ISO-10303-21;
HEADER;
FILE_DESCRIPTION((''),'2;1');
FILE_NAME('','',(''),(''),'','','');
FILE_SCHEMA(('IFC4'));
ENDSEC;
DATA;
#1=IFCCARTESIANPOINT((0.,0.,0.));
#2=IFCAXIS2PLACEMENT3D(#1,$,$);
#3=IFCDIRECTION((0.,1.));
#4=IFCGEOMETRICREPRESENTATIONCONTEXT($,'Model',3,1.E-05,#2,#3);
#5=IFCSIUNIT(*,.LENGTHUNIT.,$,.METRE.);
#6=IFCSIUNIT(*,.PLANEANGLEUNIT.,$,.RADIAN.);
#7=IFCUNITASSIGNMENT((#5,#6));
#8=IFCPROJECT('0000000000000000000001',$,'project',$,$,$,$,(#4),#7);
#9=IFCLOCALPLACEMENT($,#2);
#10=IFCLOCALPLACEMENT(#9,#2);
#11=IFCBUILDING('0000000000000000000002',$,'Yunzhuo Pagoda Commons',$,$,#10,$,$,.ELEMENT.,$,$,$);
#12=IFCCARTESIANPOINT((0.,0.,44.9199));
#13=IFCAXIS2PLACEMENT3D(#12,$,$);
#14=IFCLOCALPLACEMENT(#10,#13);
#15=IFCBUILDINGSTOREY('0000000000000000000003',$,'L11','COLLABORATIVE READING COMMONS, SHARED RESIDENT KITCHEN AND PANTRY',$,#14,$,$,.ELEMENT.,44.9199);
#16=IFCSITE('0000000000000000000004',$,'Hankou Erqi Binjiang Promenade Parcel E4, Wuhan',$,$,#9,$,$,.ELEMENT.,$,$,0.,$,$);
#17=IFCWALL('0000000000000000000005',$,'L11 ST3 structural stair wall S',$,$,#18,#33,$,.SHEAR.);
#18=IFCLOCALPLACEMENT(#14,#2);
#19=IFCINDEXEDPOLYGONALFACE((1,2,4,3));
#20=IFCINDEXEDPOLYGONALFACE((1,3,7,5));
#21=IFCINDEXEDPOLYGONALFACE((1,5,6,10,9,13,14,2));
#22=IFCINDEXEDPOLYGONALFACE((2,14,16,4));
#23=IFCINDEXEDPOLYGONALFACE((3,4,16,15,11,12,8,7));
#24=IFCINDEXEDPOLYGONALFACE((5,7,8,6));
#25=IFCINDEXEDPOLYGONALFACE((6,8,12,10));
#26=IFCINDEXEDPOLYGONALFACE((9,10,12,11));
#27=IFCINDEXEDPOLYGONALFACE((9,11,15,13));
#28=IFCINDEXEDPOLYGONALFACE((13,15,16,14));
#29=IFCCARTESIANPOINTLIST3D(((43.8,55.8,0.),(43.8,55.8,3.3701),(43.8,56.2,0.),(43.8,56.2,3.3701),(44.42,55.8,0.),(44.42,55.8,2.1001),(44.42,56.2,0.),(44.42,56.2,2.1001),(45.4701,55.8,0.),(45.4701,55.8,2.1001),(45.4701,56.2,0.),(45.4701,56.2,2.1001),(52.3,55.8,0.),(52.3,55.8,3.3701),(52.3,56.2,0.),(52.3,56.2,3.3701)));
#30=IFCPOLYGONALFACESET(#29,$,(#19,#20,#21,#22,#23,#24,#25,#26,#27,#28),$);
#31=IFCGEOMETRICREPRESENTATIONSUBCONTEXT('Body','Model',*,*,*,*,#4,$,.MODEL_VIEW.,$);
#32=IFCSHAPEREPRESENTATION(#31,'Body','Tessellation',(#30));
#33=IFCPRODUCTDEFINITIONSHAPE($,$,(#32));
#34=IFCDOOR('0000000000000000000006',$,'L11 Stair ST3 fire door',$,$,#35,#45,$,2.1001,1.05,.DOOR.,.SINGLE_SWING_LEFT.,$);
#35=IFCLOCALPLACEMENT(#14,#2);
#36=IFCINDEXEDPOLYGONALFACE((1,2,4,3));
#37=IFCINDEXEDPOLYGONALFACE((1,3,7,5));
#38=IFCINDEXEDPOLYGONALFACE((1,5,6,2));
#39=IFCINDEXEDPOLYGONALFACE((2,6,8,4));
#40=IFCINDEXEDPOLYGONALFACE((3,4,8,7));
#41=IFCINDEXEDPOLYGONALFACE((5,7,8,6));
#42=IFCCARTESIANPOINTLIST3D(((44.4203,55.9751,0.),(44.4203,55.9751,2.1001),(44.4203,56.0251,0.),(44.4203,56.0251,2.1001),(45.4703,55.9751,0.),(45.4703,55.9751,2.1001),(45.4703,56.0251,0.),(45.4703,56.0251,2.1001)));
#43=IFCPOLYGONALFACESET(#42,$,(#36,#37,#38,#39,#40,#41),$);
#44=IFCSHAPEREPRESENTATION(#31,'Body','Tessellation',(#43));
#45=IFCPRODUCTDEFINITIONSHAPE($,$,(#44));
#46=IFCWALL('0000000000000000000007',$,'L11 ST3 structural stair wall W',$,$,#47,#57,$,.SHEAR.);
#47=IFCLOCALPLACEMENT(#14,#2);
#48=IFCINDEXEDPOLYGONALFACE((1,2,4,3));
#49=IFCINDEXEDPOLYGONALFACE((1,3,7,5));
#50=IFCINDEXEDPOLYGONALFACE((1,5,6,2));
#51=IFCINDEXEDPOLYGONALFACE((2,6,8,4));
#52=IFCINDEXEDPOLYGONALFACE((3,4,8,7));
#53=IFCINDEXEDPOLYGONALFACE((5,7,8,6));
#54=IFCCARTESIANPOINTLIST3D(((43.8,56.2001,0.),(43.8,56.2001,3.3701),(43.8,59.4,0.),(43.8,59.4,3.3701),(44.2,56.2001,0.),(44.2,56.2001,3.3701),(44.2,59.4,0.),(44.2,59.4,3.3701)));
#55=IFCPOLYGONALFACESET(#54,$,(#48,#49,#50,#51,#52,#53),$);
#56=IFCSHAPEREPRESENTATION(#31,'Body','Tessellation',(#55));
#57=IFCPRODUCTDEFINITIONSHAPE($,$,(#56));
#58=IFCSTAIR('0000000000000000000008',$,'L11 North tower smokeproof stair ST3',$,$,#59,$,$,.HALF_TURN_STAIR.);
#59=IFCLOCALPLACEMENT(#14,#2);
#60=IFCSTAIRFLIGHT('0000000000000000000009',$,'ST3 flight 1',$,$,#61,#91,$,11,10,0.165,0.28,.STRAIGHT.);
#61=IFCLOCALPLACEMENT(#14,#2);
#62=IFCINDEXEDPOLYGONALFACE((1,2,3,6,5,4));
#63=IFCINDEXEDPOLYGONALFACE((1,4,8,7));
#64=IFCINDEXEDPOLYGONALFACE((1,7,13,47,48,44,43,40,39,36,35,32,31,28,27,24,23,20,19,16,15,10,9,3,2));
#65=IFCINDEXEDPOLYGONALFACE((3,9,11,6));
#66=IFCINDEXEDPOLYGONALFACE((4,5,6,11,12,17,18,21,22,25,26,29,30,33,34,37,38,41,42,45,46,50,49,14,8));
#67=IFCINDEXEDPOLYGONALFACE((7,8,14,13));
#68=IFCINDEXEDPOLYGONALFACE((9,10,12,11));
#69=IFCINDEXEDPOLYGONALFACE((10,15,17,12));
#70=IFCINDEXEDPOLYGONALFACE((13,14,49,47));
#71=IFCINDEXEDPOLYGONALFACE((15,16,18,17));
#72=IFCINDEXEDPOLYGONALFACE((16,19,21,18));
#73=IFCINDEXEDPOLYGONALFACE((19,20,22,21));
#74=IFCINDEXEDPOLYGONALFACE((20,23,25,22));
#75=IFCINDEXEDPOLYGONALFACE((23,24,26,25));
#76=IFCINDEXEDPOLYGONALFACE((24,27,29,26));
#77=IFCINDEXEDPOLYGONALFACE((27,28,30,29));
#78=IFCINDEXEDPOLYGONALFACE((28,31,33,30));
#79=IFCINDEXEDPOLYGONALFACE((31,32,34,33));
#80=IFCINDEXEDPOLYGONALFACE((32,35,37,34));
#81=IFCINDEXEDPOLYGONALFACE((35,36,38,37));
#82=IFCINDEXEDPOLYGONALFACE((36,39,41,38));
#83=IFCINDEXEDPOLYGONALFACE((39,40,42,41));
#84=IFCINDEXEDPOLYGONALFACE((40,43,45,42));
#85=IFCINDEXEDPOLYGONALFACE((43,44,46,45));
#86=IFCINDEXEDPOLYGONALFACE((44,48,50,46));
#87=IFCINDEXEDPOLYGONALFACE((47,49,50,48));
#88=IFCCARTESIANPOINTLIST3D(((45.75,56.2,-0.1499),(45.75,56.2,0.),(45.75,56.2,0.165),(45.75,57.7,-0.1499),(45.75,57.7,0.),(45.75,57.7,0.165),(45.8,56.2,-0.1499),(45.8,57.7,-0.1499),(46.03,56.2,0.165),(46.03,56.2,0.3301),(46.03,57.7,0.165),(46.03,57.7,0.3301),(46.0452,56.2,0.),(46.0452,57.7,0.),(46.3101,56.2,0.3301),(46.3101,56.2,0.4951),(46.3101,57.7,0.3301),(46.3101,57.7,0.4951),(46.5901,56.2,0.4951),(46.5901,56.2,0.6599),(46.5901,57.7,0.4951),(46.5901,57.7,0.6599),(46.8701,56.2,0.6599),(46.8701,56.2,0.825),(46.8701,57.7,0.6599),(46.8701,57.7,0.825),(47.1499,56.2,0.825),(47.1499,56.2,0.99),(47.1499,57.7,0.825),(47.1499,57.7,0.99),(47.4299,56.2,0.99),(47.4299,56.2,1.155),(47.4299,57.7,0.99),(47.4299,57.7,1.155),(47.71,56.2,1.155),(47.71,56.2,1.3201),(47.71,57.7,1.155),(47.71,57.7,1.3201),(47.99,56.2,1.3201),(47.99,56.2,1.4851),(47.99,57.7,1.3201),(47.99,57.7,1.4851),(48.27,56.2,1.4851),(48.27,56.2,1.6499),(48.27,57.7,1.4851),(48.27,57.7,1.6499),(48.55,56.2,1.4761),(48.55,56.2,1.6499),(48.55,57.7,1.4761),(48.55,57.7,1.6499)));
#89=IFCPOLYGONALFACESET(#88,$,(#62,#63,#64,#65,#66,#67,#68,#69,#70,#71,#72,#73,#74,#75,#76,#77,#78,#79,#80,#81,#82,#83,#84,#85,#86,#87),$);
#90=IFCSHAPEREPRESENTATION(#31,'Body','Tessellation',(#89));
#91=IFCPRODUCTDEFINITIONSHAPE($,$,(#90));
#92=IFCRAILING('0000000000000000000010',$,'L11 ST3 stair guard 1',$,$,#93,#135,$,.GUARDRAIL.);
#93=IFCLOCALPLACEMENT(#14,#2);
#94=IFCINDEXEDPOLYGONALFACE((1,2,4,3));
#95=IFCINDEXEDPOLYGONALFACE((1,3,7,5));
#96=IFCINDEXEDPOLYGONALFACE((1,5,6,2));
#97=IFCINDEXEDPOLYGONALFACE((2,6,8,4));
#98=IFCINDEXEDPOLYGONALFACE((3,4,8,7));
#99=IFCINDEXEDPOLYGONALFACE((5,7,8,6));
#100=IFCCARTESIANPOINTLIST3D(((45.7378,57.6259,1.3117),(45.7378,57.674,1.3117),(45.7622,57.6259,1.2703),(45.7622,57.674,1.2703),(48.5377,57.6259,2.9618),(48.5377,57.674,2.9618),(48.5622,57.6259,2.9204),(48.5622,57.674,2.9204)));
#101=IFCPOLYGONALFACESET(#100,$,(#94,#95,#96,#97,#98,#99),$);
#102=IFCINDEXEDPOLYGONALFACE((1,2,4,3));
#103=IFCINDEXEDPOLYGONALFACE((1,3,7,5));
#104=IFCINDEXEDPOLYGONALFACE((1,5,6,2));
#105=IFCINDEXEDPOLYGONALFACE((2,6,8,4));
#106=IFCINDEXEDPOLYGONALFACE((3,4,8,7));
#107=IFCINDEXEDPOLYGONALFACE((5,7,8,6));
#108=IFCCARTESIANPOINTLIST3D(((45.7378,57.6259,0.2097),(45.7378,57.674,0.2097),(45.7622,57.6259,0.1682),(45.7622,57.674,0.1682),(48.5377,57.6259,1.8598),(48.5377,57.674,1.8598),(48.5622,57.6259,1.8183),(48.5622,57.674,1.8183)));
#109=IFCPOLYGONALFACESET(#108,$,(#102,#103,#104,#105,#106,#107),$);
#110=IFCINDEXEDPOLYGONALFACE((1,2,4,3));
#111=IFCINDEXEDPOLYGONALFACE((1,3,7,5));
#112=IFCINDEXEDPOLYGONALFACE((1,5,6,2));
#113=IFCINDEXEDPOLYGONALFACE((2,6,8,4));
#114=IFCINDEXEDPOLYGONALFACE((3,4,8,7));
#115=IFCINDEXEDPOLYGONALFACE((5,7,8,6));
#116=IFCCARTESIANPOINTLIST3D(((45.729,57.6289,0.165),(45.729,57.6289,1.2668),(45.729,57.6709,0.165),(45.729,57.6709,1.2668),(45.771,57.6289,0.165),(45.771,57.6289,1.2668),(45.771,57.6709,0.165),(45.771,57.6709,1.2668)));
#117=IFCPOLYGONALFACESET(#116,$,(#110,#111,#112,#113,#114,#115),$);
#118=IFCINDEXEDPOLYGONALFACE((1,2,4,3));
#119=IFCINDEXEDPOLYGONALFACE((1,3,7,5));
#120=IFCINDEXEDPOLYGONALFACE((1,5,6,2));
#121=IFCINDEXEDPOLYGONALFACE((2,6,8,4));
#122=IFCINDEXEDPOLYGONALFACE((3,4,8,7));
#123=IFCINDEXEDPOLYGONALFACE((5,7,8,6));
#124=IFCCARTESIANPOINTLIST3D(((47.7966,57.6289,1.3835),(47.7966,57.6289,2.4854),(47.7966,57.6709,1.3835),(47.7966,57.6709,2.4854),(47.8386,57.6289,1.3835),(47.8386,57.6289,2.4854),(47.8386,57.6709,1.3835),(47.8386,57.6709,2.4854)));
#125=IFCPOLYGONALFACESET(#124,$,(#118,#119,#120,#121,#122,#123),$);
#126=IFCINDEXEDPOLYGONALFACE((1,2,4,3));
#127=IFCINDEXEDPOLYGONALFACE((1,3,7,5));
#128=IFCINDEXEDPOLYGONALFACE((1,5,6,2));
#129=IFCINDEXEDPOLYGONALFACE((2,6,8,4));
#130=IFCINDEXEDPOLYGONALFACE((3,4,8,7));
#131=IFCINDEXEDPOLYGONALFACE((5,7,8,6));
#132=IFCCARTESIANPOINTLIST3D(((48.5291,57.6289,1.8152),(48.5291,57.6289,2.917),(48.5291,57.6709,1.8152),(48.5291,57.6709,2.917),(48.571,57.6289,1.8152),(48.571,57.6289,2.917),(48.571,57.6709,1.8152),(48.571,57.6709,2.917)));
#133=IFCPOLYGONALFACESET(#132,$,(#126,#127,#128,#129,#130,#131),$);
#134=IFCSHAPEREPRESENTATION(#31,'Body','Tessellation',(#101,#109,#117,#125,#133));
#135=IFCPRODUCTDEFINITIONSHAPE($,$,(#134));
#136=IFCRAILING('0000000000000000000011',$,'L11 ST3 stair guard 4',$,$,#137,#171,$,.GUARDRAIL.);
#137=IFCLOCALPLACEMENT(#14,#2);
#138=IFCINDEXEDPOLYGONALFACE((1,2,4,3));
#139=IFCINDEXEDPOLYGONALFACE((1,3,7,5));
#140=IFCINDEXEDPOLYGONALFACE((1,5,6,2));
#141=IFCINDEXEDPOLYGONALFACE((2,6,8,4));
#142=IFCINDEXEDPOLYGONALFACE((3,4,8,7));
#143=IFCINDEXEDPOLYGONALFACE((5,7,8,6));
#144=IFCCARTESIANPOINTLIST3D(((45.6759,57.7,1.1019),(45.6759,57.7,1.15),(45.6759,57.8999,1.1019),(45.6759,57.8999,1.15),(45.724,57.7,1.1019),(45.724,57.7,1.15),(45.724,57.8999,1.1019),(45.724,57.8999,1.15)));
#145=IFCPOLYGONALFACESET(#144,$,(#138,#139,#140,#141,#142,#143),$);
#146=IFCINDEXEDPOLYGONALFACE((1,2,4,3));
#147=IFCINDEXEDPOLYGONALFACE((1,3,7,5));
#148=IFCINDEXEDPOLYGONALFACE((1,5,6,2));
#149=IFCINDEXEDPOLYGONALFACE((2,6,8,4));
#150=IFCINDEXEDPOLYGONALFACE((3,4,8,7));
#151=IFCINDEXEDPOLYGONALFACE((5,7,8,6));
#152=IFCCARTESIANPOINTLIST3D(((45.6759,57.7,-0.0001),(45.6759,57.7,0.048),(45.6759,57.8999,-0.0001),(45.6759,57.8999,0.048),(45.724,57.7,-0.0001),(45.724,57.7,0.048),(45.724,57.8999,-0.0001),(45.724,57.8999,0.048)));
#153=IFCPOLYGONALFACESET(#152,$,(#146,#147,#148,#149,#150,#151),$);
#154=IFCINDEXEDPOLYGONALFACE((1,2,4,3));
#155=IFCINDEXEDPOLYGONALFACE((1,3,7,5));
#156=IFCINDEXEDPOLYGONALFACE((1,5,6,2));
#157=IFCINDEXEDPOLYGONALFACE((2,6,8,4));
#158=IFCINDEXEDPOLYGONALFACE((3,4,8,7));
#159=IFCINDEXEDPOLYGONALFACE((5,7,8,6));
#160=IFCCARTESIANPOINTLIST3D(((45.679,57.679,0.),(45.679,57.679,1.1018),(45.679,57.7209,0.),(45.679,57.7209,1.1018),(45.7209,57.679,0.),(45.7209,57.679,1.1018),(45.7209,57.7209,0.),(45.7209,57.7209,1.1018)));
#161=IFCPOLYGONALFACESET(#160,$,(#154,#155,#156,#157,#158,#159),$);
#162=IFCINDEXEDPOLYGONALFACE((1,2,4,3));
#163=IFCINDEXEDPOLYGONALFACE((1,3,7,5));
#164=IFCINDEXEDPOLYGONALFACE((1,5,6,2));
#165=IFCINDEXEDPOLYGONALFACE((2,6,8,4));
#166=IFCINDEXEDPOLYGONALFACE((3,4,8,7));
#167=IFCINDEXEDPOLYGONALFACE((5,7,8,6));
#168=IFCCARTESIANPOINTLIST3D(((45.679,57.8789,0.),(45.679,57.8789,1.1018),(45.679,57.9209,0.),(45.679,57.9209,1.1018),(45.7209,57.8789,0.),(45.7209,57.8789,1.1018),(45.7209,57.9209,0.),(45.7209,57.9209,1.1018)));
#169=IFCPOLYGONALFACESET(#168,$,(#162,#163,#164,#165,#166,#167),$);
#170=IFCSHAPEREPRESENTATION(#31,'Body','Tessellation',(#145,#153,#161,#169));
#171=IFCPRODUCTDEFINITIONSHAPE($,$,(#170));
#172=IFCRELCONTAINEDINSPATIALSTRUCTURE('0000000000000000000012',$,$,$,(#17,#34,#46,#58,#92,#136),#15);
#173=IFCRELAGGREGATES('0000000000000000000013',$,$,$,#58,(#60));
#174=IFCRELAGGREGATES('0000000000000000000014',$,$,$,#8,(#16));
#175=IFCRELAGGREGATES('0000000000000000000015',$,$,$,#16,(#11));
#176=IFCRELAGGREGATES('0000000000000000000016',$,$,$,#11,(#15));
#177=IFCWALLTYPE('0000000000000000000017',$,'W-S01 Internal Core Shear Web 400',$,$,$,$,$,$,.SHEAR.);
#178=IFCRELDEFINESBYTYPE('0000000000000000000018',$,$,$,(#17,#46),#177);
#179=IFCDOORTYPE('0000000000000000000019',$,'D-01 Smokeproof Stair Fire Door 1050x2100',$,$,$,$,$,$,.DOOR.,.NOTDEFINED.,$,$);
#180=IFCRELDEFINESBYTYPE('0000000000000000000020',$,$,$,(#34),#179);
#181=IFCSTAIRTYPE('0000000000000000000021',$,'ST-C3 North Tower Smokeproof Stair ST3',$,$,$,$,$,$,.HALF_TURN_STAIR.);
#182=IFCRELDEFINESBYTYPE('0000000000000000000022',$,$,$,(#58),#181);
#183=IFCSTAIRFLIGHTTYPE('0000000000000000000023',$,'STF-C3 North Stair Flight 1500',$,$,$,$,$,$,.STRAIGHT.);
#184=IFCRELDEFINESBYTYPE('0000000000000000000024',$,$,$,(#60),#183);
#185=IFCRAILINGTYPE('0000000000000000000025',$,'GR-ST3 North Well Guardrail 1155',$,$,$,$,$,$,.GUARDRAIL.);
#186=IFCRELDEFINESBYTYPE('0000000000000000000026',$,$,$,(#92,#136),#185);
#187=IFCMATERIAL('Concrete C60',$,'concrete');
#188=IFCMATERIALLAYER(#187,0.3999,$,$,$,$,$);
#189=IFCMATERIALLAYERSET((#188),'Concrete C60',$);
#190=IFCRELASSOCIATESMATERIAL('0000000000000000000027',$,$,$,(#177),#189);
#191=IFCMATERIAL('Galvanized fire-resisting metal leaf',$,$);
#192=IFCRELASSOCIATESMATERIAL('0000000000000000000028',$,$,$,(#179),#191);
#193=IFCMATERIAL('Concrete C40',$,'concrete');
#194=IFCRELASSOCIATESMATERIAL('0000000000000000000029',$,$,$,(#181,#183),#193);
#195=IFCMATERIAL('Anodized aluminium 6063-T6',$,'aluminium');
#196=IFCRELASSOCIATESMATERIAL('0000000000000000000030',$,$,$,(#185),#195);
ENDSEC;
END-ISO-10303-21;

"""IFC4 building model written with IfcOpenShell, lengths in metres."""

from ifc_helpers import new_model, si_unit, direction, frame, frame_2d, origin, origin_2d, place, context, subcontext, project, spatial, polyline, rectangle, outline, extrude, source, transform, mapped, material, layer, layer_set, type_object, element, fill, aggregate, save


model = new_model("IFC4")

# Units and contexts
model_context = context("Model", 3, precision=1e-05, world=origin(), true_north=direction((0.0, 1.0)))
body_context = subcontext(model_context, "Body", "Model", "MODEL_VIEW")
ifc_project = project(units=[si_unit("LENGTHUNIT", "METRE"), si_unit("PLANEANGLEUNIT", "RADIAN")], contexts=[model_context])

# Site, building, storey
site_placement = place(None, origin())
site = spatial("IfcSite", under=ifc_project, at=site_placement, Name="Hankou Erqi Binjiang Promenade Parcel E4, Wuhan", CompositionType="ELEMENT", RefElevation=0.0)
building_placement = place(site_placement, origin())
building = spatial("IfcBuilding", under=site, at=building_placement, Name="Yunzhuo Pagoda Commons", CompositionType="ELEMENT")
storey_placement = place(building_placement, frame((0.0, 0.0, 44.9199)))
storey = spatial("IfcBuildingStorey", under=building, at=storey_placement, Name="L11", Description="COLLABORATIVE READING COMMONS, SHARED RESIDENT KITCHEN AND PANTRY", CompositionType="ELEMENT", Elevation=44.9199)

# Shared definitions
ifc_material_1 = material(Name="Anodized aluminium 6063-T6", Category="aluminium")

# Wall, opening, door
ifc_material_2 = material(Name="Concrete C60", Category="concrete")
ifc_layer_1 = layer(ifc_material_2, 0.3999)
ifc_layer_set_1 = layer_set([ifc_layer_1], Name="Concrete C60")
wall_type_1 = type_object("IfcWallType", Name="W-S01 Internal Core Shear Web 400", PredefinedType="SHEAR", material=ifc_layer_set_1)
wall_1_placement = place(storey_placement, frame((43.8, 56.0, 0.0), z_axis=(0.0, 0.0, 1.0), x_axis=(1.0, 0.0, 0.0)))
wall_1 = element("IfcWall", 1, at=wall_1_placement, inside=storey, type_object=wall_type_1, Name="L11 ST3 structural stair wall S", PredefinedType="SHEAR", context=body_context, shape_type="SweptSolid", body=[
    extrude(rectangle(XDim=8.5, YDim=0.3999, at=frame_2d((4.25, 0.0))), origin(), (0.0, 0.0, 1.0), 3.3701),
])
opening_placement = place(wall_1_placement, frame((0.6201, 0.0, 0.0)))
opening = element("IfcOpeningElement", 2, at=opening_placement, cuts=wall_1, PredefinedType="OPENING", context=body_context, shape_type="SweptSolid", body=[
    extrude(rectangle(XDim=1.05, YDim=2.1001, at=frame_2d((0.5249, 1.05))), frame((0.0, 0.21, 0.0), z_axis=(0.0, -1.0, 0.0), x_axis=(1.0, 0.0, 0.0)), (0.0, 0.0, 1.0), 0.4199),
])
ifc_material_3 = material(Name="Galvanized fire-resisting metal leaf")
door_type = type_object("IfcDoorType", Name="D-01 Smokeproof Stair Fire Door 1050x2100", OperationType="NOTDEFINED", PredefinedType="DOOR", material=ifc_material_3)
shared_shape_1 = source(origin(), body_context, "Body", "SweptSolid", [
    extrude(rectangle(XDim=1.05, YDim=2.1001, at=frame_2d((0.5249, 1.05))), frame((0.0, 0.0249, 0.0), z_axis=(0.0, -1.0, 0.0), x_axis=(1.0, 0.0, 0.0)), (0.0, 0.0, 1.0), 0.05),
])
door_placement = place(opening_placement, frame((1.05, 0.0, 0.0), z_axis=(0.0, 0.0, 1.0), x_axis=(-1.0, 0.0, 0.0)))
door = element("IfcDoor", 3, at=door_placement, inside=storey, type_object=door_type, Name="L11 Stair ST3 fire door", OperationType="SINGLE_SWING_LEFT", OverallHeight=2.1001, OverallWidth=1.05, PredefinedType="DOOR", context=body_context, shape_type="MappedRepresentation", body=[
    mapped(shared_shape_1, transform((0.0, 0.0, 0.0), scale=1.0)),
])
fill(opening, door)

# Wall
wall_2_placement = place(storey_placement, frame((44.0, 56.2, 0.0), z_axis=(0.0, 0.0, 1.0), x_axis=(0.0, 1.0, 0.0)))
element("IfcWall", 4, at=wall_2_placement, inside=storey, type_object=wall_type_1, Name="L11 ST3 structural stair wall W", PredefinedType="SHEAR", context=body_context, shape_type="SweptSolid", body=[
    extrude(rectangle(XDim=3.2, YDim=0.3999, at=frame_2d((1.6001, 0.0))), origin(), (0.0, 0.0, 1.0), 3.3701),
])

# Stair, stair flight
ifc_material_4 = material(Name="Concrete C40", Category="concrete")
stair_type = type_object("IfcStairType", Name="ST-C3 North Tower Smokeproof Stair ST3", PredefinedType="HALF_TURN_STAIR", material=ifc_material_4)
stair_placement = place(storey_placement, origin())
stair = element("IfcStair", 5, at=stair_placement, inside=storey, type_object=stair_type, Name="L11 North tower smokeproof stair ST3", PredefinedType="HALF_TURN_STAIR")
stair_flight_type = type_object("IfcStairFlightType", Name="STF-C3 North Stair Flight 1500", PredefinedType="STRAIGHT", material=ifc_material_4)
shared_shape_2 = source(origin(), body_context, "Body", "SweptSolid", [
    extrude(outline(polyline([(0.0, -0.1499), (0.0, 0.0), (0.0, 0.165), (0.28, 0.165), (0.28, 0.3301), (0.5601, 0.3301), (0.5601, 0.4951), (0.8401, 0.4951), (0.8401, 0.6599), (1.1201, 0.6599), (1.1201, 0.825), (1.3999, 0.825), (1.3999, 0.99), (1.6799, 0.99), (1.6799, 1.155), (1.96, 1.155), (1.96, 1.3201), (2.24, 1.3201), (2.24, 1.4851), (2.52, 1.4851), (2.52, 1.6499), (2.8, 1.6499), (2.8, 1.8149), (2.8, 1.4761), (0.2952, 0.0), (0.05, -0.1499), (0.0, -0.1499)])), frame((0.0, 0.75, 0.0), z_axis=(0.0, -1.0, 0.0), x_axis=(1.0, 0.0, 0.0)), (0.0, 0.0, 1.0), 1.5),
])
stair_flight_placement = place(storey_placement, frame((45.75, 56.95, 0.0), z_axis=(0.0, 0.0, 1.0), x_axis=(1.0, 0.0, 0.0)))
stair_flight = element("IfcStairFlight", 6, at=stair_flight_placement, type_object=stair_flight_type, Name="ST3 flight 1", NumberOfRisers=11, NumberOfTreads=10, PredefinedType="STRAIGHT", RiserHeight=0.165, TreadLength=0.28, context=body_context, shape_type="MappedRepresentation", body=[
    mapped(shared_shape_2, transform((0.0, 0.0, 0.0), scale=1.0)),
])
aggregate(stair, [stair_flight])

# Railings
railing_type_1 = type_object("IfcRailingType", Name="GR-ST3 North Well Guardrail 1155", PredefinedType="GUARDRAIL", material=ifc_material_1)
railing_1_placement = place(storey_placement, frame((45.75, 57.6499, 0.165)))
element("IfcRailing", 7, at=railing_1_placement, inside=storey, type_object=railing_type_1, Name="L11 ST3 stair guard 1", PredefinedType="GUARDRAIL", context=body_context, shape_type="SweptSolid", body=[
    extrude(rectangle(XDim=0.0481, YDim=0.0481, at=origin_2d()), frame((0.0, 0.0, 1.126), z_axis=(0.861523, 0.0, 0.507719), x_axis=(0.0, 1.0, 0.0)), (0.0, 0.0, 1.0), 3.25),
    extrude(rectangle(XDim=0.0481, YDim=0.0481, at=origin_2d()), frame((0.0, 0.0, 0.0239), z_axis=(0.861523, 0.0, 0.507719), x_axis=(0.0, 1.0, 0.0)), (0.0, 0.0, 1.0), 3.25),
    extrude(rectangle(XDim=0.042, YDim=0.042, at=origin_2d()), origin(), (0.0, 0.0, 1.0), 1.1018),
    extrude(rectangle(XDim=0.042, YDim=0.042, at=origin_2d()), frame((2.0676, 0.0, 1.2185)), (0.0, 0.0, 1.0), 1.1018),
    extrude(rectangle(XDim=0.042, YDim=0.042, at=origin_2d()), frame((2.8, 0.0, 1.6501)), (0.0, 0.0, 1.0), 1.1018),
])
railing_2_placement = place(storey_placement, frame((45.7, 57.7, 0.0)))
element("IfcRailing", 8, at=railing_2_placement, inside=storey, type_object=railing_type_1, Name="L11 ST3 stair guard 4", PredefinedType="GUARDRAIL", context=body_context, shape_type="SweptSolid", body=[
    extrude(rectangle(XDim=0.0481, YDim=0.0481, at=origin_2d()), frame((0.0, 0.0, 1.126), z_axis=(0.0, 1.0, 0.0), x_axis=(-1.0, 0.0, 0.0)), (0.0, 0.0, 1.0), 0.2),
    extrude(rectangle(XDim=0.0481, YDim=0.0481, at=origin_2d()), frame((0.0, 0.0, 0.0239), z_axis=(0.0, 1.0, 0.0), x_axis=(-1.0, 0.0, 0.0)), (0.0, 0.0, 1.0), 0.2),
    extrude(rectangle(XDim=0.042, YDim=0.042, at=origin_2d()), origin(), (0.0, 0.0, 1.0), 1.1018),
    extrude(rectangle(XDim=0.042, YDim=0.042, at=origin_2d()), frame((0.0, 0.2, 0.0)), (0.0, 0.0, 1.0), 1.1018),
])

save(model, "model.ifc")
